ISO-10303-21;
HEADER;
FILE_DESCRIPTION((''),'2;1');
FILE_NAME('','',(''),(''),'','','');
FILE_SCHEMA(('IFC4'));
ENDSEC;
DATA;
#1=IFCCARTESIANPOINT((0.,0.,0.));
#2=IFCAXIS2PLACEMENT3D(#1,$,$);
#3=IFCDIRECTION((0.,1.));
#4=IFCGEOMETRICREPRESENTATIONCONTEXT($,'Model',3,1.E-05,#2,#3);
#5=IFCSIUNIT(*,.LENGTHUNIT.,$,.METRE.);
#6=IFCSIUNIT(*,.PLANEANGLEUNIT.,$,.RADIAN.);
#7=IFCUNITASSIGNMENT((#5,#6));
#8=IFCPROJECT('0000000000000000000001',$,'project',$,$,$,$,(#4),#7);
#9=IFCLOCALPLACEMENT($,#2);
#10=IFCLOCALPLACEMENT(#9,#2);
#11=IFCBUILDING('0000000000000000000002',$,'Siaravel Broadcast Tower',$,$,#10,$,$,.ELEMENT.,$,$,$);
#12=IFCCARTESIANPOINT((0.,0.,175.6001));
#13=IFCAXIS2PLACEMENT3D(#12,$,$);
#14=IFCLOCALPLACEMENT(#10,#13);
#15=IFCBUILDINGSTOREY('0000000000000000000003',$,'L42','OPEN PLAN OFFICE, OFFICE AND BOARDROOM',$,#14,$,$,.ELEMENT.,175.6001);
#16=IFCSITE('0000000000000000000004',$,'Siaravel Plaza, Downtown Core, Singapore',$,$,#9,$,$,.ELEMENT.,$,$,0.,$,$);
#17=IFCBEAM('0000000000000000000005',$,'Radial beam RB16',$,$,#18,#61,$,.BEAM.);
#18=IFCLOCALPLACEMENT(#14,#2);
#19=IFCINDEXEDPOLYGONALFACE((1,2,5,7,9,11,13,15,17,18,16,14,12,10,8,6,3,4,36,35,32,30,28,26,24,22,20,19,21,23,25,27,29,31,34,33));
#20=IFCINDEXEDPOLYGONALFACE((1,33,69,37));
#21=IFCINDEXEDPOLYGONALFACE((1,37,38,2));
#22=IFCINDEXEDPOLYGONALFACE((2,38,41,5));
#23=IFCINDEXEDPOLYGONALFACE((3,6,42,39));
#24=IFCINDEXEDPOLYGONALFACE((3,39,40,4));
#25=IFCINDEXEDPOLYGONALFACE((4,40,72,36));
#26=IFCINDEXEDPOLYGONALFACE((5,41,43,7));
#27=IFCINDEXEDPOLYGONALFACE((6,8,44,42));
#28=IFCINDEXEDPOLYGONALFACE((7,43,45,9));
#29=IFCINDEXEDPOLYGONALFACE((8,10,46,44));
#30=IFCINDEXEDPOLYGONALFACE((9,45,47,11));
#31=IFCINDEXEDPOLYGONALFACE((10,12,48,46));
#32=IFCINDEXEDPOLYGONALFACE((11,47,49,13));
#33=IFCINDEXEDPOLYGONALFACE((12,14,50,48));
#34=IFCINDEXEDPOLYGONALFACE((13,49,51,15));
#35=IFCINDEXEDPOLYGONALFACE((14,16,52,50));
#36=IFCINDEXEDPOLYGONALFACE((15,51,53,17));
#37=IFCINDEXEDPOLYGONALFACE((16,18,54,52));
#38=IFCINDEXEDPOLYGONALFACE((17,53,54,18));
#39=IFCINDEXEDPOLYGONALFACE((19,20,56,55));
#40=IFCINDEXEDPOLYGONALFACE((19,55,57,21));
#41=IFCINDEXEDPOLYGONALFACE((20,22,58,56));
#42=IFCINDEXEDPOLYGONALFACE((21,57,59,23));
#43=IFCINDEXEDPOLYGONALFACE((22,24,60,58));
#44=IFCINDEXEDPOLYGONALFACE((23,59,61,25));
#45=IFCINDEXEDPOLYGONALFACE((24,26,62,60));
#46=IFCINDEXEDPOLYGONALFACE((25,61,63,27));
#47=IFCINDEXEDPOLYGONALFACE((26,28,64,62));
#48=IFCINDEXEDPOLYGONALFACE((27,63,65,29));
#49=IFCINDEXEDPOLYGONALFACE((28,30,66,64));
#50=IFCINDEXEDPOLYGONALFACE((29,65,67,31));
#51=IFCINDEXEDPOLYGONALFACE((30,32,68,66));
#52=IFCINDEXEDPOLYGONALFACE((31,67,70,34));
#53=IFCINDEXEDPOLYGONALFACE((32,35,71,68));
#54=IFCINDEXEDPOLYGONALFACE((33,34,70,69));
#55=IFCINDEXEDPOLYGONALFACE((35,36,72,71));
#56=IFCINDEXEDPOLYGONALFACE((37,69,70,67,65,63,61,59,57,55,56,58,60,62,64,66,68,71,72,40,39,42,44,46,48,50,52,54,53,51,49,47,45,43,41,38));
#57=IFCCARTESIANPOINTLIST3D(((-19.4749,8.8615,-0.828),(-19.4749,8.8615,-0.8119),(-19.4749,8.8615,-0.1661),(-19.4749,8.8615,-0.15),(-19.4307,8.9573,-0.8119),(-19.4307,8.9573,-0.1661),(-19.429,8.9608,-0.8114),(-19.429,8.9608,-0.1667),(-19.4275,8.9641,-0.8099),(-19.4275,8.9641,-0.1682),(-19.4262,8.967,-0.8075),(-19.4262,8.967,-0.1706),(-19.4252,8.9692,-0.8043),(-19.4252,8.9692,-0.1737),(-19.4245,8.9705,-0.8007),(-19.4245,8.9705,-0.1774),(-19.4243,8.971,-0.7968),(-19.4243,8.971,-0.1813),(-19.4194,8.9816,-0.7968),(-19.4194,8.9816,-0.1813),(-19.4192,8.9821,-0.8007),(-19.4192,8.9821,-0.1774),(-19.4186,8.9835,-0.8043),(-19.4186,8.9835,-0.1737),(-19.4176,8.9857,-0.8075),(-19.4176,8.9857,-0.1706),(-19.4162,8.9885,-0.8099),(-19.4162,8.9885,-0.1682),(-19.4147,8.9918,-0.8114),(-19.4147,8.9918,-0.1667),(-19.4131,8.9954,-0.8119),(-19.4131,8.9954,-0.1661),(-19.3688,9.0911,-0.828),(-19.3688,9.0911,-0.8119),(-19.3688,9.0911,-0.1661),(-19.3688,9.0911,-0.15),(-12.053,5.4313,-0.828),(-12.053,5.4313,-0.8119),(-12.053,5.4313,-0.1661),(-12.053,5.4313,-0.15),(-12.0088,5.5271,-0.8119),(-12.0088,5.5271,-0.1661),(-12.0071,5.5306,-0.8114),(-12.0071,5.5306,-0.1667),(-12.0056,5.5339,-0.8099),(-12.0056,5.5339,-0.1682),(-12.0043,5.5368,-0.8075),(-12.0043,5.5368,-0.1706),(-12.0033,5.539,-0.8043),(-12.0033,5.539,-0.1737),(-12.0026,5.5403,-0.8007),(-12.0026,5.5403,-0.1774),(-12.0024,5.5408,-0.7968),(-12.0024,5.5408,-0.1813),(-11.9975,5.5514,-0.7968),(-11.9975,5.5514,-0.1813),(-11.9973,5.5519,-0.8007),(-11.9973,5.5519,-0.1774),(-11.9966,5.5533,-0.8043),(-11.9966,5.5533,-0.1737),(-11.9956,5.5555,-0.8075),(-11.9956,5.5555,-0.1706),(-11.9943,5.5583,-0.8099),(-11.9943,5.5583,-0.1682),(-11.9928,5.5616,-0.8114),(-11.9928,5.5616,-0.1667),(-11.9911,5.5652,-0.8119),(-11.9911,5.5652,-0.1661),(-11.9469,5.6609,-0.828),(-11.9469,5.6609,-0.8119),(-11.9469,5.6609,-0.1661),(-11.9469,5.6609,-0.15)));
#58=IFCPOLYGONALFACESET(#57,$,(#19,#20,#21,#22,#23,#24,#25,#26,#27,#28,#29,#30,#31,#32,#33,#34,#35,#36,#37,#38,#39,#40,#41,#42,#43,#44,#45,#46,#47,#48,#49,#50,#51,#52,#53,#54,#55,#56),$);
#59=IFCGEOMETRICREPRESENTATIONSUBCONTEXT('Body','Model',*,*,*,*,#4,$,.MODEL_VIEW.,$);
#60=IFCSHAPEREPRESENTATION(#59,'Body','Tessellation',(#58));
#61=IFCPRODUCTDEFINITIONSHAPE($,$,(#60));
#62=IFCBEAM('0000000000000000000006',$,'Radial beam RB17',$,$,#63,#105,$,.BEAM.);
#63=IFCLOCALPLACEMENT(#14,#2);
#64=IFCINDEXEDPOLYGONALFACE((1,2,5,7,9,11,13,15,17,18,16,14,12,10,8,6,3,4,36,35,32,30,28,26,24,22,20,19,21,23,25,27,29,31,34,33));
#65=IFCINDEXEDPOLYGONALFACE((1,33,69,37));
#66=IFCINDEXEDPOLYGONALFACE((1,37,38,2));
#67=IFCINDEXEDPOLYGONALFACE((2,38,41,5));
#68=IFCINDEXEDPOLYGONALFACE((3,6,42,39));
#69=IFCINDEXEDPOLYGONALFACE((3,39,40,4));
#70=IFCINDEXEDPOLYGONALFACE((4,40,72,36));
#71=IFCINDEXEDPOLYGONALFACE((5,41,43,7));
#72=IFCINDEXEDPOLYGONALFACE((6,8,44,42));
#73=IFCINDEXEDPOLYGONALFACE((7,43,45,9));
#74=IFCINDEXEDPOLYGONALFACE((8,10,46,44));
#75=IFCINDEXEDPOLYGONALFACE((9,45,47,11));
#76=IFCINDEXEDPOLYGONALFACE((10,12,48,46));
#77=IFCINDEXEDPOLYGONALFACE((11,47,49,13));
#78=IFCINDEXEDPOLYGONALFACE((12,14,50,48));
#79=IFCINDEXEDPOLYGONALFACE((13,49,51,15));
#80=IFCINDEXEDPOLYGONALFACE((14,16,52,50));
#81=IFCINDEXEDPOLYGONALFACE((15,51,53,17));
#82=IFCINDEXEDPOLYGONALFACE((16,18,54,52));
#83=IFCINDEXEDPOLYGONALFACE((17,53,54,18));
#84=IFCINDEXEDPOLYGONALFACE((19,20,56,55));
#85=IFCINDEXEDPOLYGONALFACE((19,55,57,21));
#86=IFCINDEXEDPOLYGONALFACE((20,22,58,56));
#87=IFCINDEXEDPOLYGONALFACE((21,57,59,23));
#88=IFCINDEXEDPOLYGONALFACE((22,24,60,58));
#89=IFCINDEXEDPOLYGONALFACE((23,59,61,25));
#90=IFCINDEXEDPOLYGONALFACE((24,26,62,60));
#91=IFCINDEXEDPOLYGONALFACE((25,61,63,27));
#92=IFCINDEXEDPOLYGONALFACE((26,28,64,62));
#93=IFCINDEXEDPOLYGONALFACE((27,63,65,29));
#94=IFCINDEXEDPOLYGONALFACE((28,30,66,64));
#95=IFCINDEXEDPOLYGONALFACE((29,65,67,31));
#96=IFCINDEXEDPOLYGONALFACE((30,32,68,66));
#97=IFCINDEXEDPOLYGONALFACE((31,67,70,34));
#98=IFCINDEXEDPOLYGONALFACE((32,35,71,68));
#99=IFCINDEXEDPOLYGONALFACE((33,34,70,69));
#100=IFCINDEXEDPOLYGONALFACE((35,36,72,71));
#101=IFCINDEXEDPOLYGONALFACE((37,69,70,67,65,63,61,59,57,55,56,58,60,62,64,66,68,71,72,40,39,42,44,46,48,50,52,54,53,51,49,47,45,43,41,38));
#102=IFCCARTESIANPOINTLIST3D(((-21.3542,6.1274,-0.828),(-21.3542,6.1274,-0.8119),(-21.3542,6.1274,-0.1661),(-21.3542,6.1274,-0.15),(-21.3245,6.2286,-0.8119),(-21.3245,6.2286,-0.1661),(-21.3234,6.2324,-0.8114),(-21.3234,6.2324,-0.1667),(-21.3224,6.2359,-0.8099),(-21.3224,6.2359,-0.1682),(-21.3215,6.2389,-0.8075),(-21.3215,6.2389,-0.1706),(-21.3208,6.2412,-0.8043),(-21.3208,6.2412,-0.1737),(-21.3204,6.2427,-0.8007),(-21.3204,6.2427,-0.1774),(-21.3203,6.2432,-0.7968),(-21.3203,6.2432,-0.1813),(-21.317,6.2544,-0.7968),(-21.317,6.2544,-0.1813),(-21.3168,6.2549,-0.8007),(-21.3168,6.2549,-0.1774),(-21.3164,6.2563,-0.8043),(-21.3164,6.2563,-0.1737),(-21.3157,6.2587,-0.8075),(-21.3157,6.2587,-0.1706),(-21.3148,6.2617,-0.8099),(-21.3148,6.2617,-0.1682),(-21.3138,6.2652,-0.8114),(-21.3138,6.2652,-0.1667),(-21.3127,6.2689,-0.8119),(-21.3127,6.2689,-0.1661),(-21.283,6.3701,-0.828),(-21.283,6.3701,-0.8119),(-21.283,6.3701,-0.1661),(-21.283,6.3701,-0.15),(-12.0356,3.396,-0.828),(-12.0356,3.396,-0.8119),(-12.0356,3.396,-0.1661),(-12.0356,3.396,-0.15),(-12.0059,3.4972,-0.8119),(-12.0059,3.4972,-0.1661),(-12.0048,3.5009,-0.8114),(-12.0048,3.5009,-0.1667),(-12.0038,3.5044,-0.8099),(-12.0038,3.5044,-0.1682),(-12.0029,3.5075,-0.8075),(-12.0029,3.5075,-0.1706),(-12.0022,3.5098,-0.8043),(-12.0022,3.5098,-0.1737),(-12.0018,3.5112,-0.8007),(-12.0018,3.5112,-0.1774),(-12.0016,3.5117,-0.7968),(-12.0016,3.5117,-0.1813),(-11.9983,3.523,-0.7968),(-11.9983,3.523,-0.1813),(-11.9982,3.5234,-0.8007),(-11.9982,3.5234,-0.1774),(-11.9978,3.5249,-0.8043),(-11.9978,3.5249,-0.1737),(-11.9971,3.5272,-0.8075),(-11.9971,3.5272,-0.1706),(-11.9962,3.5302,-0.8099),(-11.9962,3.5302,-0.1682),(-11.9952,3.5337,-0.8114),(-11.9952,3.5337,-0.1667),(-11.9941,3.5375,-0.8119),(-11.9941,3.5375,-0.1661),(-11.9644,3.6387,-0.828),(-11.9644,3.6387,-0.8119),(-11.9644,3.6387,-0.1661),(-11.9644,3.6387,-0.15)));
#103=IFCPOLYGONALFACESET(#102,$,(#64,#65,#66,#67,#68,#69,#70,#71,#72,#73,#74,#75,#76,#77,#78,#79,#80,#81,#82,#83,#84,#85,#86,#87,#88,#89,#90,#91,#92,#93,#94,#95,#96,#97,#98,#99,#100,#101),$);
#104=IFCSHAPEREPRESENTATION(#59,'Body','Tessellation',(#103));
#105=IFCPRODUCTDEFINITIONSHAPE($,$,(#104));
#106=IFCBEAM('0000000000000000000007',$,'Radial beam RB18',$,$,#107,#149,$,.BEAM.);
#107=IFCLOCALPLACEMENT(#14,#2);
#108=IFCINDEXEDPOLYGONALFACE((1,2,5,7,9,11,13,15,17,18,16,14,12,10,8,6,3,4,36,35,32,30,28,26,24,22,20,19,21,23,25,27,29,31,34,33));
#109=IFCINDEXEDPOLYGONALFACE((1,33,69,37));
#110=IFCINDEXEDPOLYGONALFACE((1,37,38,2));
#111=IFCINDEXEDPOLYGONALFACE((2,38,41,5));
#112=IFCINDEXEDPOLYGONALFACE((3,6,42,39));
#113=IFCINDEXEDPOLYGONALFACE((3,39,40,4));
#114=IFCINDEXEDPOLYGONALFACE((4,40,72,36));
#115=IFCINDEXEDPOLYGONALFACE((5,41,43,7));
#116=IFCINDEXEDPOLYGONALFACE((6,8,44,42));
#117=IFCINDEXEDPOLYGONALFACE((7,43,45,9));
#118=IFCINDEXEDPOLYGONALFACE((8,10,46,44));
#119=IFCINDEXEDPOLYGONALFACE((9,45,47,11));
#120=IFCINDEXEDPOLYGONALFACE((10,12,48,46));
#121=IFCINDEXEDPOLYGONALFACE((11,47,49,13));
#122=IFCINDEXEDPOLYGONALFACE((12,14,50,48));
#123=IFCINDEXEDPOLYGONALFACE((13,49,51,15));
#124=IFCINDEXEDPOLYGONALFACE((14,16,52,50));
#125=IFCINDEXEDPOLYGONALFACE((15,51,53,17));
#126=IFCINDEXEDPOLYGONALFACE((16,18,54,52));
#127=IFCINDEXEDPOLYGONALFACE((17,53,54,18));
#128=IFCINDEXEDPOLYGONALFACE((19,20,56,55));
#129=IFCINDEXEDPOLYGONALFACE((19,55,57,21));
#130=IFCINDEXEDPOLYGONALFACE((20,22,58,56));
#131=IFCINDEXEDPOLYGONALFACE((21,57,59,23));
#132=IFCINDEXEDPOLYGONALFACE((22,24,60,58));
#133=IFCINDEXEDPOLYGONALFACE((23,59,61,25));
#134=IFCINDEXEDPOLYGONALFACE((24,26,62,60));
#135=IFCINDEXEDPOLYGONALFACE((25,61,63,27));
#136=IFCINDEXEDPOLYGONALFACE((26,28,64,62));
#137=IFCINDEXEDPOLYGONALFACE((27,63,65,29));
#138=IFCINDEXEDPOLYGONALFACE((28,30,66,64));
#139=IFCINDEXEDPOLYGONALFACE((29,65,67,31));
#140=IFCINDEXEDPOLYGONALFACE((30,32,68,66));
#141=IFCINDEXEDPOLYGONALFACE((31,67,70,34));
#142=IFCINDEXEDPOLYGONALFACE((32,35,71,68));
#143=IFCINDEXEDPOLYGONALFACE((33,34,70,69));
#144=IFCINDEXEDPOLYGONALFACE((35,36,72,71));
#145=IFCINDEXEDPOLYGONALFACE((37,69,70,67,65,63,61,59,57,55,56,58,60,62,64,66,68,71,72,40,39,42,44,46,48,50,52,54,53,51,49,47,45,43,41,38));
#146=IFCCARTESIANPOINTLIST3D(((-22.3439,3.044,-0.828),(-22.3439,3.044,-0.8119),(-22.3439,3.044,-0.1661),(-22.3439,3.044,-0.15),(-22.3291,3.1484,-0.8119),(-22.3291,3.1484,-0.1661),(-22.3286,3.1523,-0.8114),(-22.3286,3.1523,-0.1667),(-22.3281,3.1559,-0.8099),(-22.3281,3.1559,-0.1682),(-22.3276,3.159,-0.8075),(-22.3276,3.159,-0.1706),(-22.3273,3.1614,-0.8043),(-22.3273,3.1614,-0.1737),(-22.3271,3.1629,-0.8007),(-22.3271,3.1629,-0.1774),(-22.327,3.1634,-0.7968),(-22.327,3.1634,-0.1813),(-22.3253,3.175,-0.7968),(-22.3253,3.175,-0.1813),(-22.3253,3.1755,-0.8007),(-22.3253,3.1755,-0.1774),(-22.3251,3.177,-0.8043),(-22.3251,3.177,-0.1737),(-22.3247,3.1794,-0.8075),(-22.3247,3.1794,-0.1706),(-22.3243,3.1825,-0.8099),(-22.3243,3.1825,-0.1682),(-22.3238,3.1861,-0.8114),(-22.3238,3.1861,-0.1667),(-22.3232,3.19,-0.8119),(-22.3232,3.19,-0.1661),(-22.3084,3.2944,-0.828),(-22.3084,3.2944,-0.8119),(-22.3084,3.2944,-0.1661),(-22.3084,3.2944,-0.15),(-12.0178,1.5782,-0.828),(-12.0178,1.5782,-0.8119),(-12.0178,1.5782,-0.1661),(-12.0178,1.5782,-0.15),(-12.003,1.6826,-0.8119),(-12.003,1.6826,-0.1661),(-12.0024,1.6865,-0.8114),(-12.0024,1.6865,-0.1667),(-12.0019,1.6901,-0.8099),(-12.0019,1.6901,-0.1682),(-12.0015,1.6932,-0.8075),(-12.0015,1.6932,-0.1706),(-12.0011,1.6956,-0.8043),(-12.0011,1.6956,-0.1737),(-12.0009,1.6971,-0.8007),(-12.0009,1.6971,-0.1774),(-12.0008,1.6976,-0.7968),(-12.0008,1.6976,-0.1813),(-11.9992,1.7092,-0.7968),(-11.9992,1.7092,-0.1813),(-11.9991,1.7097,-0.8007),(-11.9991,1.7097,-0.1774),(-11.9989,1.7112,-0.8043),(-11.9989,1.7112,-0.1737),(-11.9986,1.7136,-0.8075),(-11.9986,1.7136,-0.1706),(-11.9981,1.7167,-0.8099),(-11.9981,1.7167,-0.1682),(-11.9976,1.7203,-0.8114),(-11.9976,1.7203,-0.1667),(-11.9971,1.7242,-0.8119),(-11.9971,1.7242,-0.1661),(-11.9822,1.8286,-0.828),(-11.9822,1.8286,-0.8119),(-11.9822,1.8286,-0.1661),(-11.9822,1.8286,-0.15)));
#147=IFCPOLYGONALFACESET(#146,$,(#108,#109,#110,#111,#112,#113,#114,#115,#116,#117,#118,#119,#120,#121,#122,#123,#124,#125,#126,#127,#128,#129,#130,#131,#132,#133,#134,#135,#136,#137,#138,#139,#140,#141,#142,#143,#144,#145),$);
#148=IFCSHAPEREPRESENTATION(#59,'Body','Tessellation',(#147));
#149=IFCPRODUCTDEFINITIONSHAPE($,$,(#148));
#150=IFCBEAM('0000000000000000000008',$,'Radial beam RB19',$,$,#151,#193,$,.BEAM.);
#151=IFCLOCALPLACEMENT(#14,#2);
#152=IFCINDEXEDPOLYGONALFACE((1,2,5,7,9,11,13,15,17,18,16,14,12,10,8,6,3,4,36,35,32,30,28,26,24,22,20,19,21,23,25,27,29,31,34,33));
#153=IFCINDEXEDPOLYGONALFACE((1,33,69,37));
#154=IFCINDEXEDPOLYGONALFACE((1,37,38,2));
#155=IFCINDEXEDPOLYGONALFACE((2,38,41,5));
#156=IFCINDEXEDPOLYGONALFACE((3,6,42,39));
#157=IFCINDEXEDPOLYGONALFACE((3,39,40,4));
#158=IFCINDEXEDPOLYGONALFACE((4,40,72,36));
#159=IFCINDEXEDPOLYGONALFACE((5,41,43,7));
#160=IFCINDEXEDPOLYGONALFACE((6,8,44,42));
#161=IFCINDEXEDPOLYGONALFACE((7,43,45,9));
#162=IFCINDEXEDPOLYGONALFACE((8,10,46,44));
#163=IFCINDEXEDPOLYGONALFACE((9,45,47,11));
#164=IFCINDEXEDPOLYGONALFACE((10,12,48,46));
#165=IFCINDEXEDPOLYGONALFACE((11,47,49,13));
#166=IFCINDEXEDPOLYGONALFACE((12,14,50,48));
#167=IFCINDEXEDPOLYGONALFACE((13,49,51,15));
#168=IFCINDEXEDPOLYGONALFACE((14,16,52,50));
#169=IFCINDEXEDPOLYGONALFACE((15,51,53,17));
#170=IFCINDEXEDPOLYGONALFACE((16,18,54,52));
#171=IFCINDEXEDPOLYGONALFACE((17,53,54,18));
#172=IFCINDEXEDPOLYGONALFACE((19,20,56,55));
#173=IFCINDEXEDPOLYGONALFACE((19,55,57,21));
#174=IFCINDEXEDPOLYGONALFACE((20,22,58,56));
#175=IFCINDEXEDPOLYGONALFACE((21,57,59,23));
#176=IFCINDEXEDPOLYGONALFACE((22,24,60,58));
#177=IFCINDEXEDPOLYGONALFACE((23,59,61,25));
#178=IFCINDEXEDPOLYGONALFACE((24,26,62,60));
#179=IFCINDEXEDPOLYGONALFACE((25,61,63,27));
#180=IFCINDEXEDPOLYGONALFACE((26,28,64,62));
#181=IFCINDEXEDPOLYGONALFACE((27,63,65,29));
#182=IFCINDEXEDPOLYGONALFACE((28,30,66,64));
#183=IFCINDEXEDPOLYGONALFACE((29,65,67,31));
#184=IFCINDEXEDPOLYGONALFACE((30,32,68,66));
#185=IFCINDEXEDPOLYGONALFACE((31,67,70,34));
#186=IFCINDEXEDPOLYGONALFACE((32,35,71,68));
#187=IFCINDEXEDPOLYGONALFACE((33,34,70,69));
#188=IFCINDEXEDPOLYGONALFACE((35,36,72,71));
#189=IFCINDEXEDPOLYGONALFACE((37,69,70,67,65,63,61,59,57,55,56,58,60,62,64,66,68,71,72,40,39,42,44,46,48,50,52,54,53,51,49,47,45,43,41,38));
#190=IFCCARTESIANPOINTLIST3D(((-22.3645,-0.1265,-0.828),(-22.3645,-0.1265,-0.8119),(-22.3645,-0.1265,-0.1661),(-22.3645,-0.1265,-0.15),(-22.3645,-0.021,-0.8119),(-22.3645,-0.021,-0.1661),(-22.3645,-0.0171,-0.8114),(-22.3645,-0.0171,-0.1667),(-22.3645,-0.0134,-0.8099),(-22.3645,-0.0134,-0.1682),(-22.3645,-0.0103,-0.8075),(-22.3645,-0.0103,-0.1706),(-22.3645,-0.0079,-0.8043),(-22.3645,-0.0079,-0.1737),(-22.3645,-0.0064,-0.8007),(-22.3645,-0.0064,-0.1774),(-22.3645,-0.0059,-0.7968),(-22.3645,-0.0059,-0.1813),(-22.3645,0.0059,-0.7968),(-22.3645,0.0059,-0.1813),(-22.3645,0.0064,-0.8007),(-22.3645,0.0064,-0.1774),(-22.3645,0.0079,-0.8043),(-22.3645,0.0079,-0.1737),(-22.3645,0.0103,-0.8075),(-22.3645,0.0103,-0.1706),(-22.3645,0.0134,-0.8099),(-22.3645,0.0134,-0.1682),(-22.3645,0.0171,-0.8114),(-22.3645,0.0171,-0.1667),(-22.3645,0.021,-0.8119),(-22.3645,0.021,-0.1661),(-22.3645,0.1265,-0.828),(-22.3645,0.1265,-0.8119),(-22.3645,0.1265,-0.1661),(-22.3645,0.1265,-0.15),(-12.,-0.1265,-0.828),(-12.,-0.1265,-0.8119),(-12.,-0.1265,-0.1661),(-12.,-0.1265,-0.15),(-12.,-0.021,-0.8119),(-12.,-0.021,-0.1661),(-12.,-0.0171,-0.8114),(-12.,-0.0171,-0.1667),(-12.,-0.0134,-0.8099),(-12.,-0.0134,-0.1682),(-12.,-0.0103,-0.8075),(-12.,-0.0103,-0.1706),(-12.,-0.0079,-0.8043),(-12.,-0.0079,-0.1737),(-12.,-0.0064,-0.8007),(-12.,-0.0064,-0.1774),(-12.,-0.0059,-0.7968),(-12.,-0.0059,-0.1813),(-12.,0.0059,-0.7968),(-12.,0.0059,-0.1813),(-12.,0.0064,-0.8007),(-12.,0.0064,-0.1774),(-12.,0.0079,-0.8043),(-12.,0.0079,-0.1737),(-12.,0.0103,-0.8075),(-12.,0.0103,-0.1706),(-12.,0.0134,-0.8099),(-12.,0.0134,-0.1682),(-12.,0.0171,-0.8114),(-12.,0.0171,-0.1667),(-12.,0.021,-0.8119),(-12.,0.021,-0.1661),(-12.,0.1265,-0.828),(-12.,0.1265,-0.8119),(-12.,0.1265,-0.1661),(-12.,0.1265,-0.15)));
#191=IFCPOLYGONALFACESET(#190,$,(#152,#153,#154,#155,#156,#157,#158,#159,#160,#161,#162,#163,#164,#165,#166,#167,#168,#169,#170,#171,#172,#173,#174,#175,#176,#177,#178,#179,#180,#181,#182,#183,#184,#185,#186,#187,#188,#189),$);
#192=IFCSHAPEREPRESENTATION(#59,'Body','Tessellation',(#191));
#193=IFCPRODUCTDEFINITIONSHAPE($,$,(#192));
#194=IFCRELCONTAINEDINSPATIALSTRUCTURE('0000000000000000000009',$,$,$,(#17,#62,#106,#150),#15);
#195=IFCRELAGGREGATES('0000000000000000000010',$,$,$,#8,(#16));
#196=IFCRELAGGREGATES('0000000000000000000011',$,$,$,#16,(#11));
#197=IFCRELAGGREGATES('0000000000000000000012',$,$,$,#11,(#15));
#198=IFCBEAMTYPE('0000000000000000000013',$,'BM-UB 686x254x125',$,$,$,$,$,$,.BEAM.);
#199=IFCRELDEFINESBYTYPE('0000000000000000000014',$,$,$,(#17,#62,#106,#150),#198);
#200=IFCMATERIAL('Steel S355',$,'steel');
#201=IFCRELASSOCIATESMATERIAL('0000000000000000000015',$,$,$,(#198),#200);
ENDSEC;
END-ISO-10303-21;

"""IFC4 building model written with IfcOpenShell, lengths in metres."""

from ifc_helpers import new_model, si_unit, direction, frame, origin, origin_2d, place, context, subcontext, project, spatial, i_section, extrude, material, material_profile, profile_set, type_object, element, save


model = new_model("IFC4")

# Units and contexts
model_context = context("Model", 3, precision=1e-05, world=origin(), true_north=direction((0.0, 1.0)))
body_context = subcontext(model_context, "Body", "Model", "MODEL_VIEW")
ifc_project = project(units=[si_unit("LENGTHUNIT", "METRE"), si_unit("PLANEANGLEUNIT", "RADIAN")], contexts=[model_context])

# Site, building, storey
site_placement = place(None, origin())
site = spatial("IfcSite", under=ifc_project, at=site_placement, Name="Siaravel Plaza, Downtown Core, Singapore", CompositionType="ELEMENT", RefElevation=0.0)
building_placement = place(site_placement, origin())
building = spatial("IfcBuilding", under=site, at=building_placement, Name="Siaravel Broadcast Tower", CompositionType="ELEMENT")
storey_placement = place(building_placement, frame((0.0, 0.0, 175.6001)))
storey = spatial("IfcBuildingStorey", under=building, at=storey_placement, Name="L42", Description="OPEN PLAN OFFICE, OFFICE AND BOARDROOM", CompositionType="ELEMENT", Elevation=175.6001)

# Beams
ifc_material_1 = material(Name="Steel S355", Category="steel")
ifc_material_profile_1 = material_profile(ifc_material_1, i_section(OverallWidth=0.2529, OverallDepth=0.678, WebThickness=0.0117, FlangeThickness=0.0161, FilletRadius=0.0151, at=origin_2d()))
ifc_profile_set_1 = profile_set([ifc_material_profile_1], Name="Steel S355")
beam_type = type_object("IfcBeamType", Name="BM-UB 686x254x125", PredefinedType="BEAM", material=ifc_profile_set_1)
beam_1_placement = place(storey_placement, frame((-19.4219, 8.9763, -0.489), z_axis=(0.907741, -0.419532, 0.0), x_axis=(0.419532, 0.907741, 0.0)))
element("IfcBeam", 1, at=beam_1_placement, inside=storey, type_object=beam_type, Name="Radial beam RB16", PredefinedType="BEAM", context=body_context, shape_type="SweptSolid", body=[
    extrude(i_section(OverallWidth=0.2529, OverallDepth=0.678, WebThickness=0.0117, FlangeThickness=0.0161, FilletRadius=0.0151, at=origin_2d()), origin(), (0.0, 0.0, 1.0), 8.1763),
])
beam_2_placement = place(storey_placement, frame((-21.3186, 6.2488, -0.489), z_axis=(0.959625, -0.281283, 0.0), x_axis=(0.281283, 0.959625, 0.0)))
element("IfcBeam", 2, at=beam_2_placement, inside=storey, type_object=beam_type, Name="Radial beam RB17", PredefinedType="BEAM", context=body_context, shape_type="SweptSolid", body=[
    extrude(i_section(OverallWidth=0.2529, OverallDepth=0.678, WebThickness=0.0117, FlangeThickness=0.0161, FilletRadius=0.0151, at=origin_2d()), origin(), (0.0, 0.0, 1.0), 9.7107),
])
beam_3_placement = place(storey_placement, frame((-22.3262, 3.1692, -0.489), z_axis=(0.990075, -0.140543, 0.0), x_axis=(0.140543, 0.990075, 0.0)))
element("IfcBeam", 3, at=beam_3_placement, inside=storey, type_object=beam_type, Name="Radial beam RB18", PredefinedType="BEAM", context=body_context, shape_type="SweptSolid", body=[
    extrude(i_section(OverallWidth=0.2529, OverallDepth=0.678, WebThickness=0.0117, FlangeThickness=0.0161, FilletRadius=0.0151, at=origin_2d()), origin(), (0.0, 0.0, 1.0), 10.4297),
])
beam_4_placement = place(storey_placement, frame((-22.3645, 0.0, -0.489), z_axis=(1.0, 0.0, 0.0), x_axis=(0.0, 1.0, 0.0)))
element("IfcBeam", 4, at=beam_4_placement, inside=storey, type_object=beam_type, Name="Radial beam RB19", PredefinedType="BEAM", context=body_context, shape_type="SweptSolid", body=[
    extrude(i_section(OverallWidth=0.2529, OverallDepth=0.678, WebThickness=0.0117, FlangeThickness=0.0161, FilletRadius=0.0151, at=origin_2d()), origin(), (0.0, 0.0, 1.0), 10.3645),
])

save(model, "model.ifc")
